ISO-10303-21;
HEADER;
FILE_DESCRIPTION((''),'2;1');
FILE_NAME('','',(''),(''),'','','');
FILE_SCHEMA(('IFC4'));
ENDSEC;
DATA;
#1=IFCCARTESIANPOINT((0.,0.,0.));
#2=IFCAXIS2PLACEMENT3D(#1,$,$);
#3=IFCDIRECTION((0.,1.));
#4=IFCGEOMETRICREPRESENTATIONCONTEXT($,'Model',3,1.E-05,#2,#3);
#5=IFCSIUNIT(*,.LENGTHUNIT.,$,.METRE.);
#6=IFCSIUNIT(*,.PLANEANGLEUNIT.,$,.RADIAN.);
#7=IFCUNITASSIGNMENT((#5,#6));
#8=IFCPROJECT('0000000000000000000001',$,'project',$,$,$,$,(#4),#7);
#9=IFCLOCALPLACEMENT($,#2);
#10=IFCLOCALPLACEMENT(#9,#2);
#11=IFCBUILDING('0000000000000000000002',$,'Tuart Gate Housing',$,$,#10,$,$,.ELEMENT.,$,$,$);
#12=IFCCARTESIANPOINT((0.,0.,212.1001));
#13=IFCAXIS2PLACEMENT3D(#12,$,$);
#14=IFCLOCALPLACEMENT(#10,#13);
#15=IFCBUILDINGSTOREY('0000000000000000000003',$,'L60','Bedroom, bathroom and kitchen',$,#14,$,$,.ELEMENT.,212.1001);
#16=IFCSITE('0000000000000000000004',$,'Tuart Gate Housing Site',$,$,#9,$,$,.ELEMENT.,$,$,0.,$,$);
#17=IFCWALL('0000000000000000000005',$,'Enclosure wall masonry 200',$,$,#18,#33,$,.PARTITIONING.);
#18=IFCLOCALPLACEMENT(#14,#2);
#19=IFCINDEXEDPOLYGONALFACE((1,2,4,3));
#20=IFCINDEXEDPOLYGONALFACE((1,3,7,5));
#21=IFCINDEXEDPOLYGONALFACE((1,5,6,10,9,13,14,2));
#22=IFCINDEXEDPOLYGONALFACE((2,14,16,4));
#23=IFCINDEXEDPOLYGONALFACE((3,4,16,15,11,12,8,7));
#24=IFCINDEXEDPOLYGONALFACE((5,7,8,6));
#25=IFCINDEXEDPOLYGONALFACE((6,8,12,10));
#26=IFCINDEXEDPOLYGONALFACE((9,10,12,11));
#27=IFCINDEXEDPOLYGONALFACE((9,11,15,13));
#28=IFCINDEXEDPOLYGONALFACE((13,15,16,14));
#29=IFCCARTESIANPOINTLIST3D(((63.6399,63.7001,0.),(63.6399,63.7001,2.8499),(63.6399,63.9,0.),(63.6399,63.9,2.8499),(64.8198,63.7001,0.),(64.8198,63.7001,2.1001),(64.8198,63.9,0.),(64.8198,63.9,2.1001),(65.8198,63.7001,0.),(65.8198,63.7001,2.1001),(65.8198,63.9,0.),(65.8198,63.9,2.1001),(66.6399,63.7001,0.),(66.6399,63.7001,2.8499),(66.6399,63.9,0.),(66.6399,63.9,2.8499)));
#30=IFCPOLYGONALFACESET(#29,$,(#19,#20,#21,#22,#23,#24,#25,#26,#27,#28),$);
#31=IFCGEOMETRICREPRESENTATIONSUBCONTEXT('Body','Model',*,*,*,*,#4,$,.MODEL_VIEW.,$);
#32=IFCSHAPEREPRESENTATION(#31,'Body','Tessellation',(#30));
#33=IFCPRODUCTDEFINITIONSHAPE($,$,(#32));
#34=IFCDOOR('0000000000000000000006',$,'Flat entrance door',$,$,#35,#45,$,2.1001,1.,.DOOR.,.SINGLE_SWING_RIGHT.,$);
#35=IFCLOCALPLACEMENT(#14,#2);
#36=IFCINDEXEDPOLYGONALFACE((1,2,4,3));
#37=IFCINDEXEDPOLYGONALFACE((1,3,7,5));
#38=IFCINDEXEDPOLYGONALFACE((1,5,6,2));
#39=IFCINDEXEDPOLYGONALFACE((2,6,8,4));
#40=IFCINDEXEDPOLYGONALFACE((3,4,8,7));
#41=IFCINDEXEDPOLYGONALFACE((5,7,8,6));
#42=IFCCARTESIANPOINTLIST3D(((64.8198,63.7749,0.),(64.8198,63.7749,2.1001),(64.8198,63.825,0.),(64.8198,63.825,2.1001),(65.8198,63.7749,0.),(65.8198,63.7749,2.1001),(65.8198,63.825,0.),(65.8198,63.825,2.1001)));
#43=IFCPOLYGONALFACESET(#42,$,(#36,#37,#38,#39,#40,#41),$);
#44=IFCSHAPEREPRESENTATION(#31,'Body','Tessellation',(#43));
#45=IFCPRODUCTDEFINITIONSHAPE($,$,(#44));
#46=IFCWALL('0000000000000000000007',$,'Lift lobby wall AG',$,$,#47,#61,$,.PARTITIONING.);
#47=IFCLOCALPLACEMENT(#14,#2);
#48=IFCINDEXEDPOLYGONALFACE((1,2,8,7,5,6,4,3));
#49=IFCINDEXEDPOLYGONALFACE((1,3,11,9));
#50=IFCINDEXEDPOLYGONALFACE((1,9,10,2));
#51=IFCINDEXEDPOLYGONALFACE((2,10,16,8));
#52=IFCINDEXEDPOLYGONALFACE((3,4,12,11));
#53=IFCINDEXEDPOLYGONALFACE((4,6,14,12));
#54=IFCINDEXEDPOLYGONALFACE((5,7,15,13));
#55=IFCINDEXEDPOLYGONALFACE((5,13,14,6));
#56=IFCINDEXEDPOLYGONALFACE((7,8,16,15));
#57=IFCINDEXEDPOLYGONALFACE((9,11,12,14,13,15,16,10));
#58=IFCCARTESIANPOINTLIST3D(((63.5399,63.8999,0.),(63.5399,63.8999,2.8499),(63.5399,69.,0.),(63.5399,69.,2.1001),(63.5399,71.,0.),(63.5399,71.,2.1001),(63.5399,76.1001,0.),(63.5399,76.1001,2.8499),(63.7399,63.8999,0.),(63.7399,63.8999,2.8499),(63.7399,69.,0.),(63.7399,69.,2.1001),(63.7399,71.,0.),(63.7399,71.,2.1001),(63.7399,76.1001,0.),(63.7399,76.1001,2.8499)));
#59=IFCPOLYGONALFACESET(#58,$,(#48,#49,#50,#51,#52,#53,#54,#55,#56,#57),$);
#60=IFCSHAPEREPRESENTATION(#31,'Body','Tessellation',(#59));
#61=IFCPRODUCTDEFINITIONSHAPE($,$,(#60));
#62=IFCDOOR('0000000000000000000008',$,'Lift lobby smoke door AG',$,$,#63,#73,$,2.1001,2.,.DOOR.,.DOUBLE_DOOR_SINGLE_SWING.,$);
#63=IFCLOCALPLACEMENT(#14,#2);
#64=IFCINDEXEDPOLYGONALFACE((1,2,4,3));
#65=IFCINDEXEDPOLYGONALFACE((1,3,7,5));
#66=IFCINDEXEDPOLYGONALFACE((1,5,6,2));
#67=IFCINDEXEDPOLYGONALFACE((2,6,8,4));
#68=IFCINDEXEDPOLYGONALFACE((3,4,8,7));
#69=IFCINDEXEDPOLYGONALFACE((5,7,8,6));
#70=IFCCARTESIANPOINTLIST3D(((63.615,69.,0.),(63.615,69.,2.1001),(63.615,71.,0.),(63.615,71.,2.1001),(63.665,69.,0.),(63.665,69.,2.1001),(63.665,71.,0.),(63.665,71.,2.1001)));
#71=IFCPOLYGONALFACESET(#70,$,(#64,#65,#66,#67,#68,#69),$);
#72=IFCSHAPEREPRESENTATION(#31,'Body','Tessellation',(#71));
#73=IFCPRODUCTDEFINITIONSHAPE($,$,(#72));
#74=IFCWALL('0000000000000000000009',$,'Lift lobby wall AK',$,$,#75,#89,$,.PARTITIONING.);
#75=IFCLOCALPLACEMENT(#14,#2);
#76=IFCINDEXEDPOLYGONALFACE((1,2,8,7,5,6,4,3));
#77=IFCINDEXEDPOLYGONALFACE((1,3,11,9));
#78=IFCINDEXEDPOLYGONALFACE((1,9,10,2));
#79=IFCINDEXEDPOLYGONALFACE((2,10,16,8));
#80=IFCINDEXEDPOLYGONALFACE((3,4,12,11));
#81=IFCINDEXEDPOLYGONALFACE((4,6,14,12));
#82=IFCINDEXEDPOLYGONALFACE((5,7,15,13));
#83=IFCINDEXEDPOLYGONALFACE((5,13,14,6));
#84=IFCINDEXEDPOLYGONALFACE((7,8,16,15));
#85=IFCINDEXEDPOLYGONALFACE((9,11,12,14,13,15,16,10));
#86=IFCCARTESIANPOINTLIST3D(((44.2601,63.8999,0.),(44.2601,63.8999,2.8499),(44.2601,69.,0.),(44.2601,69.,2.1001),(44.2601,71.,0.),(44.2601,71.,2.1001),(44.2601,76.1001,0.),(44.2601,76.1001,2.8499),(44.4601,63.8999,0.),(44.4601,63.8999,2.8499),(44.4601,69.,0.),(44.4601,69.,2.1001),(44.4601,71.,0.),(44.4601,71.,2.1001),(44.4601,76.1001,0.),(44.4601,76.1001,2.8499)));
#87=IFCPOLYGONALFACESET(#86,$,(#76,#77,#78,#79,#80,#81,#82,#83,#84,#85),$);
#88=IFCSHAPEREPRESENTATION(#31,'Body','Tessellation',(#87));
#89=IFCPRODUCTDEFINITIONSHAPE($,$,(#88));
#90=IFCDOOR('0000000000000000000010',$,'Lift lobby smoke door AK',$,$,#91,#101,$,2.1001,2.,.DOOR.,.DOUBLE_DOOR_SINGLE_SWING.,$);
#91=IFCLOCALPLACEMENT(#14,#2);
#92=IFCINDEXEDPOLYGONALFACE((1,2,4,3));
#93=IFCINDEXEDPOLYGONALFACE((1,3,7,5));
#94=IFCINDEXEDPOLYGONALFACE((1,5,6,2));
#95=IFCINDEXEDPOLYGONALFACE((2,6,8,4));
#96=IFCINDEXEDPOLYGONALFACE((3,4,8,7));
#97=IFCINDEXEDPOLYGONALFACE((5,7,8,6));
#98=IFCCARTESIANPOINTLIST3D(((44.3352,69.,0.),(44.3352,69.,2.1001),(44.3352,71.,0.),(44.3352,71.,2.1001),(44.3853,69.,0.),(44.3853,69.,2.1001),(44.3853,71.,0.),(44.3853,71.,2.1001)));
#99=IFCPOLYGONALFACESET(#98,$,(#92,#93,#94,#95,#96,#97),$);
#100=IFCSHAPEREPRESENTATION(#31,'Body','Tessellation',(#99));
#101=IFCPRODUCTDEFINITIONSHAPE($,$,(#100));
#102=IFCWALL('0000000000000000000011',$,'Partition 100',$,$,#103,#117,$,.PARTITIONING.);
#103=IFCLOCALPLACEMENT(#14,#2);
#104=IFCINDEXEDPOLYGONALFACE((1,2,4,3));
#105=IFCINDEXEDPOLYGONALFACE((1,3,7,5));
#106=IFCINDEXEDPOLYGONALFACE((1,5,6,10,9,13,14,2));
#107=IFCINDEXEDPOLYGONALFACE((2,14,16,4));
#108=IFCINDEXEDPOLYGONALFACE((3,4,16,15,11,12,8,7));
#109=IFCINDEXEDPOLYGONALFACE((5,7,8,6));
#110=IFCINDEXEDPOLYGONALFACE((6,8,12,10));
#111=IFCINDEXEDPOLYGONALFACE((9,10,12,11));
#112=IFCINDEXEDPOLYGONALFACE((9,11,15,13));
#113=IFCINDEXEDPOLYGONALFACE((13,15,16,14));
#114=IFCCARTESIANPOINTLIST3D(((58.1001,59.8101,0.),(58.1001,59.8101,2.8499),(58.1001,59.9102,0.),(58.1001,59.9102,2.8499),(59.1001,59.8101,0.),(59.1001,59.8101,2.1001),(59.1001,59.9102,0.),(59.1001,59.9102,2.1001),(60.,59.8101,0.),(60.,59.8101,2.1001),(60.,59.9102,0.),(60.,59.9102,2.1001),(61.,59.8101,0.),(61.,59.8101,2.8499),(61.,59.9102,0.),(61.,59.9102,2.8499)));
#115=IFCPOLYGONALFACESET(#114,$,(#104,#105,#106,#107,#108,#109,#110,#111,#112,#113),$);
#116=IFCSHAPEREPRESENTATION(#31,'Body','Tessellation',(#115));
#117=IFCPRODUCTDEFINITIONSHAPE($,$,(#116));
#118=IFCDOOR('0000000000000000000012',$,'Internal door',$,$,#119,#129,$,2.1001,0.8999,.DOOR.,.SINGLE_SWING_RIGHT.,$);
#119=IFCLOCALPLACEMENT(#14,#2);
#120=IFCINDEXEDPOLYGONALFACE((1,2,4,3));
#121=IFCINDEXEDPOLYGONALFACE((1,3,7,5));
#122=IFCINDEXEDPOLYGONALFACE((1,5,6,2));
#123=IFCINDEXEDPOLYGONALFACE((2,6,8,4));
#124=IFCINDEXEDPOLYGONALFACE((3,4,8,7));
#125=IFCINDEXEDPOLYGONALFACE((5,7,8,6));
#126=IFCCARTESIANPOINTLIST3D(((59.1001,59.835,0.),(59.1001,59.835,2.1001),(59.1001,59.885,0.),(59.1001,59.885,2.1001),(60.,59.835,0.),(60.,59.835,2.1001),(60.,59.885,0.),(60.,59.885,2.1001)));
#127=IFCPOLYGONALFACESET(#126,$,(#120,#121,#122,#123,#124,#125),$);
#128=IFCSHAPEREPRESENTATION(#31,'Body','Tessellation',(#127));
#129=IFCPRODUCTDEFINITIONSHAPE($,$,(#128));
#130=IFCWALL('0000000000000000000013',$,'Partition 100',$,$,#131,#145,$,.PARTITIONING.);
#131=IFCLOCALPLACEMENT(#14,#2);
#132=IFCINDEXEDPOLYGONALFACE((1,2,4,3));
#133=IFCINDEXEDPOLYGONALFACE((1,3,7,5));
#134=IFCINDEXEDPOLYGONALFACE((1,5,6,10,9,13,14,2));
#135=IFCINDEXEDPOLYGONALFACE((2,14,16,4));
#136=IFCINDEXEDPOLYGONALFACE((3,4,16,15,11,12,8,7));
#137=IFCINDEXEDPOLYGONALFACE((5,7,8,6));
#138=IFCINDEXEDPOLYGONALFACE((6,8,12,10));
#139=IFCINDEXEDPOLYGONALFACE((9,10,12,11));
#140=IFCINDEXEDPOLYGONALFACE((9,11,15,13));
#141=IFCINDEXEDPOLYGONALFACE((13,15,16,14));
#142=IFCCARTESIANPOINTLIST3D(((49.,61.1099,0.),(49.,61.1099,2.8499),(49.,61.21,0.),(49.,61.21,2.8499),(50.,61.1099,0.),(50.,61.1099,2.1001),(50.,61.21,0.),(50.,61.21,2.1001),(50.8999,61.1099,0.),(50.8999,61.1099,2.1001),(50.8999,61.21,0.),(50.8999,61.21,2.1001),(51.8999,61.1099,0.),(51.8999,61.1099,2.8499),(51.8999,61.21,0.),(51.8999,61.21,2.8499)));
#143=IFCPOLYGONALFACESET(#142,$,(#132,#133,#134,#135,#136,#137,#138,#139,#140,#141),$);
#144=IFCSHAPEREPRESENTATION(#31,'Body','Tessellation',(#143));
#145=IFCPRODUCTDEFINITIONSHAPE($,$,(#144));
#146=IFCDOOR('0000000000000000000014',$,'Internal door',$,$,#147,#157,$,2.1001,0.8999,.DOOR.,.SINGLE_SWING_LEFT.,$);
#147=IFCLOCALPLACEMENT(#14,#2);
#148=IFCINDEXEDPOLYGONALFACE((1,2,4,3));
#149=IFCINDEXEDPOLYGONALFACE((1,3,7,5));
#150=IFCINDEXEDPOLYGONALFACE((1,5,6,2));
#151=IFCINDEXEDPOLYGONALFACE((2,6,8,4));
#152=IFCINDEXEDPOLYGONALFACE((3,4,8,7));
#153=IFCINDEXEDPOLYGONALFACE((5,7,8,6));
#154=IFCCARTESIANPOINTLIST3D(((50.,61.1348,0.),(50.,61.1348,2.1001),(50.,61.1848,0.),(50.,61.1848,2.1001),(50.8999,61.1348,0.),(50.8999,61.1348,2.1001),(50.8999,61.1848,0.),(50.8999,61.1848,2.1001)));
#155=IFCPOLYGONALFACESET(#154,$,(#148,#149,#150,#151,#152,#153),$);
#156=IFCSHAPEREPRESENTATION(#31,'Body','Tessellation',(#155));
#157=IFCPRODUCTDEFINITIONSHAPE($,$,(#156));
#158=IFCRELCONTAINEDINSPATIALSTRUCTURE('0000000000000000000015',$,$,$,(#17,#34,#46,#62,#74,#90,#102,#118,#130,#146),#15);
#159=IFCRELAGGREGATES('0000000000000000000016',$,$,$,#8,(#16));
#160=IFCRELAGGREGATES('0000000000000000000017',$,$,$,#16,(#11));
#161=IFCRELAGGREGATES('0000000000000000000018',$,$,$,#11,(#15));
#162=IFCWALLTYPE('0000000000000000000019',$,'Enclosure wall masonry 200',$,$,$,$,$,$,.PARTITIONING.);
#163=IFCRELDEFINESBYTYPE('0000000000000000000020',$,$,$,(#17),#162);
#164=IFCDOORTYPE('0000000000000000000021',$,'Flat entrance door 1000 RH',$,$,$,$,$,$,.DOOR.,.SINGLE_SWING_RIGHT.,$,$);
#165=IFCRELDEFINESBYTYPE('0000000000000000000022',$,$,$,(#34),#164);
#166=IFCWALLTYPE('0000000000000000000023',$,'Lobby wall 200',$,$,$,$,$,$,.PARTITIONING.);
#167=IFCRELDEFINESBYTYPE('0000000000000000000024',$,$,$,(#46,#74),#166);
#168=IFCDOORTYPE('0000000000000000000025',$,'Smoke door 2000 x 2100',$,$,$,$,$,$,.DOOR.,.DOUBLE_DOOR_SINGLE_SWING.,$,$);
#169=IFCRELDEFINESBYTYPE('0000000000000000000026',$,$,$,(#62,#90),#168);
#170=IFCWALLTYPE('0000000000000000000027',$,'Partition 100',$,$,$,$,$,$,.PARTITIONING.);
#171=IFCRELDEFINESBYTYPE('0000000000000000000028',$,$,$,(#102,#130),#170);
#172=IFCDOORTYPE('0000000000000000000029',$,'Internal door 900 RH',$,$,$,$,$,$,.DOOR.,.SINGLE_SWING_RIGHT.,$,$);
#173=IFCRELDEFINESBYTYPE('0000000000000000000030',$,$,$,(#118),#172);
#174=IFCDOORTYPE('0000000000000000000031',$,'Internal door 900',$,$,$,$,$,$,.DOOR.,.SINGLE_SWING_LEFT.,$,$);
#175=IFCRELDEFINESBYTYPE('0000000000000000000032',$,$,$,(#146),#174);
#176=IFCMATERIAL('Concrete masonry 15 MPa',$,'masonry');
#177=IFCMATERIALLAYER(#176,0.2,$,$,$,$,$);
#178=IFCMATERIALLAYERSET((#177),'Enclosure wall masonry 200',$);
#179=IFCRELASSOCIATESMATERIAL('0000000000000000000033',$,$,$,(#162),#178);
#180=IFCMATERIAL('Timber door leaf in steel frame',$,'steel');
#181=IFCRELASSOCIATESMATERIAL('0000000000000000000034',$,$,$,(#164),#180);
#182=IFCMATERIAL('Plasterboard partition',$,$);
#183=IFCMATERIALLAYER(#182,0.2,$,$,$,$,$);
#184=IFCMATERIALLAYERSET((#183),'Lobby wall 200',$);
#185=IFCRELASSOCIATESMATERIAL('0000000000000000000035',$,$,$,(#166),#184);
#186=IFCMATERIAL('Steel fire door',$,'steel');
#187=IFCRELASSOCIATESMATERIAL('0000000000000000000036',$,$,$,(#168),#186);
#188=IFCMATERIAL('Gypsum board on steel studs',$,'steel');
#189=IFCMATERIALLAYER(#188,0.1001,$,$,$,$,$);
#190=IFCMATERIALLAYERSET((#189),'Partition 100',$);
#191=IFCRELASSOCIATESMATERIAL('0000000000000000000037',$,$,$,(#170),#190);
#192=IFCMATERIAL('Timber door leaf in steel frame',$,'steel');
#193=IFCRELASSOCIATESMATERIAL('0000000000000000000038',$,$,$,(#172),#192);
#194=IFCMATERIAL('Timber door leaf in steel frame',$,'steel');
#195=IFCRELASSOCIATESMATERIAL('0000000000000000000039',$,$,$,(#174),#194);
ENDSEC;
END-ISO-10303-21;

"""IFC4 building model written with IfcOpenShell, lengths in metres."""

from ifc_helpers import new_model, si_unit, direction, frame, frame_2d, origin, place, context, subcontext, project, spatial, rectangle, extrude, material, layer, layer_set, type_object, element, fill, save


model = new_model("IFC4")

# Units and contexts
model_context = context("Model", 3, precision=1e-05, world=origin(), true_north=direction((0.0, 1.0)))
body_context = subcontext(model_context, "Body", "Model", "MODEL_VIEW")
ifc_project = project(units=[si_unit("LENGTHUNIT", "METRE"), si_unit("PLANEANGLEUNIT", "RADIAN")], contexts=[model_context])

# Site, building, storey
site_placement = place(None, origin())
site = spatial("IfcSite", under=ifc_project, at=site_placement, Name="Tuart Gate Housing Site", CompositionType="ELEMENT", RefElevation=0.0)
building_placement = place(site_placement, origin())
building = spatial("IfcBuilding", under=site, at=building_placement, Name="Tuart Gate Housing", CompositionType="ELEMENT")
storey_placement = place(building_placement, frame((0.0, 0.0, 212.1001)))
storey = spatial("IfcBuildingStorey", under=building, at=storey_placement, Name="L60", Description="Bedroom, bathroom and kitchen", CompositionType="ELEMENT", Elevation=212.1001)

# Walls, openings, doors
ifc_material_1 = material(Name="Concrete masonry 15 MPa", Category="masonry")
ifc_layer_1 = layer(ifc_material_1, 0.2)
ifc_layer_set_1 = layer_set([ifc_layer_1], Name="Enclosure wall masonry 200")
wall_type_1 = type_object("IfcWallType", Name="Enclosure wall masonry 200", PredefinedType="PARTITIONING", material=ifc_layer_set_1)
wall_1_placement = place(storey_placement, frame((63.6399, 63.8, 0.0), z_axis=(0.0, 0.0, 1.0), x_axis=(1.0, 0.0, 0.0)))
wall_1 = element("IfcWall", 1, at=wall_1_placement, inside=storey, type_object=wall_type_1, Name="Enclosure wall masonry 200", PredefinedType="PARTITIONING", context=body_context, shape_type="SweptSolid", body=[
    extrude(rectangle(XDim=3.0, YDim=0.2, at=frame_2d((1.5, 0.0))), origin(), (0.0, 0.0, 1.0), 2.8499),
])
opening_1_placement = place(wall_1_placement, frame((1.1799, 0.0, 0.0)))
opening_1 = element("IfcOpeningElement", 2, at=opening_1_placement, cuts=wall_1, PredefinedType="OPENING", context=body_context, shape_type="SweptSolid", body=[
    extrude(rectangle(XDim=1.0, YDim=2.1001, at=frame_2d((0.5, 1.05))), frame((0.0, 0.1099, 0.0), z_axis=(0.0, -1.0, 0.0), x_axis=(1.0, 0.0, 0.0)), (0.0, 0.0, 1.0), 0.22),
])
ifc_material_2 = material(Name="Timber door leaf in steel frame", Category="steel")
door_type_1 = type_object("IfcDoorType", Name="Flat entrance door 1000 RH", OperationType="SINGLE_SWING_RIGHT", PredefinedType="DOOR", material=ifc_material_2)
door_1_placement = place(opening_1_placement, frame((1.0, 0.0, 0.0), z_axis=(0.0, 0.0, 1.0), x_axis=(-1.0, 0.0, 0.0)))
door_1 = element("IfcDoor", 3, at=door_1_placement, inside=storey, type_object=door_type_1, Name="Flat entrance door", OperationType="SINGLE_SWING_RIGHT", OverallHeight=2.1001, OverallWidth=1.0, PredefinedType="DOOR", context=body_context, shape_type="SweptSolid", body=[
    extrude(rectangle(XDim=1.0, YDim=2.1001, at=frame_2d((0.5, 1.05))), frame((0.0, 0.0251, 0.0), z_axis=(0.0, -1.0, 0.0), x_axis=(1.0, 0.0, 0.0)), (0.0, 0.0, 1.0), 0.05),
])
fill(opening_1, door_1)
ifc_material_3 = material(Name="Plasterboard partition")
ifc_layer_2 = layer(ifc_material_3, 0.2)
ifc_layer_set_2 = layer_set([ifc_layer_2], Name="Lobby wall 200")
wall_type_2 = type_object("IfcWallType", Name="Lobby wall 200", PredefinedType="PARTITIONING", material=ifc_layer_set_2)
wall_2_placement = place(storey_placement, frame((63.6399, 63.8999, 0.0), z_axis=(0.0, 0.0, 1.0), x_axis=(0.0, 1.0, 0.0)))
wall_2 = element("IfcWall", 4, at=wall_2_placement, inside=storey, type_object=wall_type_2, Name="Lift lobby wall AG", PredefinedType="PARTITIONING", context=body_context, shape_type="SweptSolid", body=[
    extrude(rectangle(XDim=12.2002, YDim=0.2, at=frame_2d((6.1001, 0.0))), origin(), (0.0, 0.0, 1.0), 2.8499),
])
opening_2_placement = place(wall_2_placement, frame((5.1001, 0.0, 0.0)))
opening_2 = element("IfcOpeningElement", 5, at=opening_2_placement, cuts=wall_2, PredefinedType="OPENING", context=body_context, shape_type="SweptSolid", body=[
    extrude(rectangle(XDim=2.0, YDim=2.1001, at=frame_2d((1.0, 1.05))), frame((0.0, 0.1099, 0.0), z_axis=(0.0, -1.0, 0.0), x_axis=(1.0, 0.0, 0.0)), (0.0, 0.0, 1.0), 0.22),
])
ifc_material_4 = material(Name="Steel fire door", Category="steel")
door_type_2 = type_object("IfcDoorType", Name="Smoke door 2000 x 2100", OperationType="DOUBLE_DOOR_SINGLE_SWING", PredefinedType="DOOR", material=ifc_material_4)
door_2_placement = place(opening_2_placement, frame((2.0, 0.0, 0.0), z_axis=(0.0, 0.0, 1.0), x_axis=(-1.0, 0.0, 0.0)))
door_2 = element("IfcDoor", 6, at=door_2_placement, inside=storey, type_object=door_type_2, Name="Lift lobby smoke door AG", OperationType="DOUBLE_DOOR_SINGLE_SWING", OverallHeight=2.1001, OverallWidth=2.0, PredefinedType="DOOR", context=body_context, shape_type="SweptSolid", body=[
    extrude(rectangle(XDim=2.0, YDim=2.1001, at=frame_2d((1.0, 1.05))), frame((0.0, 0.0251, 0.0), z_axis=(0.0, -1.0, 0.0), x_axis=(1.0, 0.0, 0.0)), (0.0, 0.0, 1.0), 0.05),
])
fill(opening_2, door_2)
wall_3_placement = place(storey_placement, frame((44.3601, 63.8999, 0.0), z_axis=(0.0, 0.0, 1.0), x_axis=(0.0, 1.0, 0.0)))
wall_3 = element("IfcWall", 7, at=wall_3_placement, inside=storey, type_object=wall_type_2, Name="Lift lobby wall AK", PredefinedType="PARTITIONING", context=body_context, shape_type="SweptSolid", body=[
    extrude(rectangle(XDim=12.2002, YDim=0.2, at=frame_2d((6.1001, 0.0))), origin(), (0.0, 0.0, 1.0), 2.8499),
])
opening_3_placement = place(wall_3_placement, frame((5.1001, 0.0, 0.0)))
opening_3 = element("IfcOpeningElement", 8, at=opening_3_placement, cuts=wall_3, PredefinedType="OPENING", context=body_context, shape_type="SweptSolid", body=[
    extrude(rectangle(XDim=2.0, YDim=2.1001, at=frame_2d((1.0, 1.05))), frame((0.0, 0.1099, 0.0), z_axis=(0.0, -1.0, 0.0), x_axis=(1.0, 0.0, 0.0)), (0.0, 0.0, 1.0), 0.22),
])
door_3_placement = place(opening_3_placement, origin())
door_3 = element("IfcDoor", 9, at=door_3_placement, inside=storey, type_object=door_type_2, Name="Lift lobby smoke door AK", OperationType="DOUBLE_DOOR_SINGLE_SWING", OverallHeight=2.1001, OverallWidth=2.0, PredefinedType="DOOR", context=body_context, shape_type="SweptSolid", body=[
    extrude(rectangle(XDim=2.0, YDim=2.1001, at=frame_2d((1.0, 1.05))), frame((0.0, 0.0249, 0.0), z_axis=(0.0, -1.0, 0.0), x_axis=(1.0, 0.0, 0.0)), (0.0, 0.0, 1.0), 0.05),
])
fill(opening_3, door_3)
ifc_material_5 = material(Name="Gypsum board on steel studs", Category="steel")
ifc_layer_3 = layer(ifc_material_5, 0.1001)
ifc_layer_set_3 = layer_set([ifc_layer_3], Name="Partition 100")
wall_type_3 = type_object("IfcWallType", Name="Partition 100", PredefinedType="PARTITIONING", material=ifc_layer_set_3)
wall_4_placement = place(storey_placement, frame((58.1001, 59.8601, 0.0), z_axis=(0.0, 0.0, 1.0), x_axis=(1.0, 0.0, 0.0)))
wall_4 = element("IfcWall", 10, at=wall_4_placement, inside=storey, type_object=wall_type_3, Name="Partition 100", PredefinedType="PARTITIONING", context=body_context, shape_type="SweptSolid", body=[
    extrude(rectangle(XDim=2.8999, YDim=0.1001, at=frame_2d((1.45, 0.0))), origin(), (0.0, 0.0, 1.0), 2.8499),
])
opening_4_placement = place(wall_4_placement, frame((1.0, 0.0, 0.0)))
opening_4 = element("IfcOpeningElement", 11, at=opening_4_placement, cuts=wall_4, PredefinedType="OPENING", context=body_context, shape_type="SweptSolid", body=[
    extrude(rectangle(XDim=0.8999, YDim=2.1001, at=frame_2d((0.45, 1.05))), frame((0.0, 0.0601, 0.0), z_axis=(0.0, -1.0, 0.0), x_axis=(1.0, 0.0, 0.0)), (0.0, 0.0, 1.0), 0.1201),
])
ifc_material_6 = material(Name="Timber door leaf in steel frame", Category="steel")
door_type_3 = type_object("IfcDoorType", Name="Internal door 900 RH", OperationType="SINGLE_SWING_RIGHT", PredefinedType="DOOR", material=ifc_material_6)
door_4_placement = place(opening_4_placement, origin())
door_4 = element("IfcDoor", 12, at=door_4_placement, inside=storey, type_object=door_type_3, Name="Internal door", OperationType="SINGLE_SWING_RIGHT", OverallHeight=2.1001, OverallWidth=0.8999, PredefinedType="DOOR", context=body_context, shape_type="SweptSolid", body=[
    extrude(rectangle(XDim=0.8999, YDim=2.1001, at=frame_2d((0.45, 1.05))), frame((0.0, 0.0249, 0.0), z_axis=(0.0, -1.0, 0.0), x_axis=(1.0, 0.0, 0.0)), (0.0, 0.0, 1.0), 0.05),
])
fill(opening_4, door_4)
wall_5_placement = place(storey_placement, frame((49.0, 61.1599, 0.0), z_axis=(0.0, 0.0, 1.0), x_axis=(1.0, 0.0, 0.0)))
wall_5 = element("IfcWall", 13, at=wall_5_placement, inside=storey, type_object=wall_type_3, Name="Partition 100", PredefinedType="PARTITIONING", context=body_context, shape_type="SweptSolid", body=[
    extrude(rectangle(XDim=2.8999, YDim=0.1001, at=frame_2d((1.45, 0.0))), origin(), (0.0, 0.0, 1.0), 2.8499),
])
opening_5_placement = place(wall_5_placement, frame((1.0, 0.0, 0.0)))
opening_5 = element("IfcOpeningElement", 14, at=opening_5_placement, cuts=wall_5, PredefinedType="OPENING", context=body_context, shape_type="SweptSolid", body=[
    extrude(rectangle(XDim=0.8999, YDim=2.1001, at=frame_2d((0.45, 1.05))), frame((0.0, 0.0601, 0.0), z_axis=(0.0, -1.0, 0.0), x_axis=(1.0, 0.0, 0.0)), (0.0, 0.0, 1.0), 0.1201),
])
ifc_material_7 = material(Name="Timber door leaf in steel frame", Category="steel")
door_type_4 = type_object("IfcDoorType", Name="Internal door 900", OperationType="SINGLE_SWING_LEFT", PredefinedType="DOOR", material=ifc_material_7)
door_5_placement = place(opening_5_placement, origin())
door_5 = element("IfcDoor", 15, at=door_5_placement, inside=storey, type_object=door_type_4, Name="Internal door", OperationType="SINGLE_SWING_LEFT", OverallHeight=2.1001, OverallWidth=0.8999, PredefinedType="DOOR", context=body_context, shape_type="SweptSolid", body=[
    extrude(rectangle(XDim=0.8999, YDim=2.1001, at=frame_2d((0.45, 1.05))), frame((0.0, 0.0249, 0.0), z_axis=(0.0, -1.0, 0.0), x_axis=(1.0, 0.0, 0.0)), (0.0, 0.0, 1.0), 0.05),
])
fill(opening_5, door_5)

save(model, "model.ifc")
